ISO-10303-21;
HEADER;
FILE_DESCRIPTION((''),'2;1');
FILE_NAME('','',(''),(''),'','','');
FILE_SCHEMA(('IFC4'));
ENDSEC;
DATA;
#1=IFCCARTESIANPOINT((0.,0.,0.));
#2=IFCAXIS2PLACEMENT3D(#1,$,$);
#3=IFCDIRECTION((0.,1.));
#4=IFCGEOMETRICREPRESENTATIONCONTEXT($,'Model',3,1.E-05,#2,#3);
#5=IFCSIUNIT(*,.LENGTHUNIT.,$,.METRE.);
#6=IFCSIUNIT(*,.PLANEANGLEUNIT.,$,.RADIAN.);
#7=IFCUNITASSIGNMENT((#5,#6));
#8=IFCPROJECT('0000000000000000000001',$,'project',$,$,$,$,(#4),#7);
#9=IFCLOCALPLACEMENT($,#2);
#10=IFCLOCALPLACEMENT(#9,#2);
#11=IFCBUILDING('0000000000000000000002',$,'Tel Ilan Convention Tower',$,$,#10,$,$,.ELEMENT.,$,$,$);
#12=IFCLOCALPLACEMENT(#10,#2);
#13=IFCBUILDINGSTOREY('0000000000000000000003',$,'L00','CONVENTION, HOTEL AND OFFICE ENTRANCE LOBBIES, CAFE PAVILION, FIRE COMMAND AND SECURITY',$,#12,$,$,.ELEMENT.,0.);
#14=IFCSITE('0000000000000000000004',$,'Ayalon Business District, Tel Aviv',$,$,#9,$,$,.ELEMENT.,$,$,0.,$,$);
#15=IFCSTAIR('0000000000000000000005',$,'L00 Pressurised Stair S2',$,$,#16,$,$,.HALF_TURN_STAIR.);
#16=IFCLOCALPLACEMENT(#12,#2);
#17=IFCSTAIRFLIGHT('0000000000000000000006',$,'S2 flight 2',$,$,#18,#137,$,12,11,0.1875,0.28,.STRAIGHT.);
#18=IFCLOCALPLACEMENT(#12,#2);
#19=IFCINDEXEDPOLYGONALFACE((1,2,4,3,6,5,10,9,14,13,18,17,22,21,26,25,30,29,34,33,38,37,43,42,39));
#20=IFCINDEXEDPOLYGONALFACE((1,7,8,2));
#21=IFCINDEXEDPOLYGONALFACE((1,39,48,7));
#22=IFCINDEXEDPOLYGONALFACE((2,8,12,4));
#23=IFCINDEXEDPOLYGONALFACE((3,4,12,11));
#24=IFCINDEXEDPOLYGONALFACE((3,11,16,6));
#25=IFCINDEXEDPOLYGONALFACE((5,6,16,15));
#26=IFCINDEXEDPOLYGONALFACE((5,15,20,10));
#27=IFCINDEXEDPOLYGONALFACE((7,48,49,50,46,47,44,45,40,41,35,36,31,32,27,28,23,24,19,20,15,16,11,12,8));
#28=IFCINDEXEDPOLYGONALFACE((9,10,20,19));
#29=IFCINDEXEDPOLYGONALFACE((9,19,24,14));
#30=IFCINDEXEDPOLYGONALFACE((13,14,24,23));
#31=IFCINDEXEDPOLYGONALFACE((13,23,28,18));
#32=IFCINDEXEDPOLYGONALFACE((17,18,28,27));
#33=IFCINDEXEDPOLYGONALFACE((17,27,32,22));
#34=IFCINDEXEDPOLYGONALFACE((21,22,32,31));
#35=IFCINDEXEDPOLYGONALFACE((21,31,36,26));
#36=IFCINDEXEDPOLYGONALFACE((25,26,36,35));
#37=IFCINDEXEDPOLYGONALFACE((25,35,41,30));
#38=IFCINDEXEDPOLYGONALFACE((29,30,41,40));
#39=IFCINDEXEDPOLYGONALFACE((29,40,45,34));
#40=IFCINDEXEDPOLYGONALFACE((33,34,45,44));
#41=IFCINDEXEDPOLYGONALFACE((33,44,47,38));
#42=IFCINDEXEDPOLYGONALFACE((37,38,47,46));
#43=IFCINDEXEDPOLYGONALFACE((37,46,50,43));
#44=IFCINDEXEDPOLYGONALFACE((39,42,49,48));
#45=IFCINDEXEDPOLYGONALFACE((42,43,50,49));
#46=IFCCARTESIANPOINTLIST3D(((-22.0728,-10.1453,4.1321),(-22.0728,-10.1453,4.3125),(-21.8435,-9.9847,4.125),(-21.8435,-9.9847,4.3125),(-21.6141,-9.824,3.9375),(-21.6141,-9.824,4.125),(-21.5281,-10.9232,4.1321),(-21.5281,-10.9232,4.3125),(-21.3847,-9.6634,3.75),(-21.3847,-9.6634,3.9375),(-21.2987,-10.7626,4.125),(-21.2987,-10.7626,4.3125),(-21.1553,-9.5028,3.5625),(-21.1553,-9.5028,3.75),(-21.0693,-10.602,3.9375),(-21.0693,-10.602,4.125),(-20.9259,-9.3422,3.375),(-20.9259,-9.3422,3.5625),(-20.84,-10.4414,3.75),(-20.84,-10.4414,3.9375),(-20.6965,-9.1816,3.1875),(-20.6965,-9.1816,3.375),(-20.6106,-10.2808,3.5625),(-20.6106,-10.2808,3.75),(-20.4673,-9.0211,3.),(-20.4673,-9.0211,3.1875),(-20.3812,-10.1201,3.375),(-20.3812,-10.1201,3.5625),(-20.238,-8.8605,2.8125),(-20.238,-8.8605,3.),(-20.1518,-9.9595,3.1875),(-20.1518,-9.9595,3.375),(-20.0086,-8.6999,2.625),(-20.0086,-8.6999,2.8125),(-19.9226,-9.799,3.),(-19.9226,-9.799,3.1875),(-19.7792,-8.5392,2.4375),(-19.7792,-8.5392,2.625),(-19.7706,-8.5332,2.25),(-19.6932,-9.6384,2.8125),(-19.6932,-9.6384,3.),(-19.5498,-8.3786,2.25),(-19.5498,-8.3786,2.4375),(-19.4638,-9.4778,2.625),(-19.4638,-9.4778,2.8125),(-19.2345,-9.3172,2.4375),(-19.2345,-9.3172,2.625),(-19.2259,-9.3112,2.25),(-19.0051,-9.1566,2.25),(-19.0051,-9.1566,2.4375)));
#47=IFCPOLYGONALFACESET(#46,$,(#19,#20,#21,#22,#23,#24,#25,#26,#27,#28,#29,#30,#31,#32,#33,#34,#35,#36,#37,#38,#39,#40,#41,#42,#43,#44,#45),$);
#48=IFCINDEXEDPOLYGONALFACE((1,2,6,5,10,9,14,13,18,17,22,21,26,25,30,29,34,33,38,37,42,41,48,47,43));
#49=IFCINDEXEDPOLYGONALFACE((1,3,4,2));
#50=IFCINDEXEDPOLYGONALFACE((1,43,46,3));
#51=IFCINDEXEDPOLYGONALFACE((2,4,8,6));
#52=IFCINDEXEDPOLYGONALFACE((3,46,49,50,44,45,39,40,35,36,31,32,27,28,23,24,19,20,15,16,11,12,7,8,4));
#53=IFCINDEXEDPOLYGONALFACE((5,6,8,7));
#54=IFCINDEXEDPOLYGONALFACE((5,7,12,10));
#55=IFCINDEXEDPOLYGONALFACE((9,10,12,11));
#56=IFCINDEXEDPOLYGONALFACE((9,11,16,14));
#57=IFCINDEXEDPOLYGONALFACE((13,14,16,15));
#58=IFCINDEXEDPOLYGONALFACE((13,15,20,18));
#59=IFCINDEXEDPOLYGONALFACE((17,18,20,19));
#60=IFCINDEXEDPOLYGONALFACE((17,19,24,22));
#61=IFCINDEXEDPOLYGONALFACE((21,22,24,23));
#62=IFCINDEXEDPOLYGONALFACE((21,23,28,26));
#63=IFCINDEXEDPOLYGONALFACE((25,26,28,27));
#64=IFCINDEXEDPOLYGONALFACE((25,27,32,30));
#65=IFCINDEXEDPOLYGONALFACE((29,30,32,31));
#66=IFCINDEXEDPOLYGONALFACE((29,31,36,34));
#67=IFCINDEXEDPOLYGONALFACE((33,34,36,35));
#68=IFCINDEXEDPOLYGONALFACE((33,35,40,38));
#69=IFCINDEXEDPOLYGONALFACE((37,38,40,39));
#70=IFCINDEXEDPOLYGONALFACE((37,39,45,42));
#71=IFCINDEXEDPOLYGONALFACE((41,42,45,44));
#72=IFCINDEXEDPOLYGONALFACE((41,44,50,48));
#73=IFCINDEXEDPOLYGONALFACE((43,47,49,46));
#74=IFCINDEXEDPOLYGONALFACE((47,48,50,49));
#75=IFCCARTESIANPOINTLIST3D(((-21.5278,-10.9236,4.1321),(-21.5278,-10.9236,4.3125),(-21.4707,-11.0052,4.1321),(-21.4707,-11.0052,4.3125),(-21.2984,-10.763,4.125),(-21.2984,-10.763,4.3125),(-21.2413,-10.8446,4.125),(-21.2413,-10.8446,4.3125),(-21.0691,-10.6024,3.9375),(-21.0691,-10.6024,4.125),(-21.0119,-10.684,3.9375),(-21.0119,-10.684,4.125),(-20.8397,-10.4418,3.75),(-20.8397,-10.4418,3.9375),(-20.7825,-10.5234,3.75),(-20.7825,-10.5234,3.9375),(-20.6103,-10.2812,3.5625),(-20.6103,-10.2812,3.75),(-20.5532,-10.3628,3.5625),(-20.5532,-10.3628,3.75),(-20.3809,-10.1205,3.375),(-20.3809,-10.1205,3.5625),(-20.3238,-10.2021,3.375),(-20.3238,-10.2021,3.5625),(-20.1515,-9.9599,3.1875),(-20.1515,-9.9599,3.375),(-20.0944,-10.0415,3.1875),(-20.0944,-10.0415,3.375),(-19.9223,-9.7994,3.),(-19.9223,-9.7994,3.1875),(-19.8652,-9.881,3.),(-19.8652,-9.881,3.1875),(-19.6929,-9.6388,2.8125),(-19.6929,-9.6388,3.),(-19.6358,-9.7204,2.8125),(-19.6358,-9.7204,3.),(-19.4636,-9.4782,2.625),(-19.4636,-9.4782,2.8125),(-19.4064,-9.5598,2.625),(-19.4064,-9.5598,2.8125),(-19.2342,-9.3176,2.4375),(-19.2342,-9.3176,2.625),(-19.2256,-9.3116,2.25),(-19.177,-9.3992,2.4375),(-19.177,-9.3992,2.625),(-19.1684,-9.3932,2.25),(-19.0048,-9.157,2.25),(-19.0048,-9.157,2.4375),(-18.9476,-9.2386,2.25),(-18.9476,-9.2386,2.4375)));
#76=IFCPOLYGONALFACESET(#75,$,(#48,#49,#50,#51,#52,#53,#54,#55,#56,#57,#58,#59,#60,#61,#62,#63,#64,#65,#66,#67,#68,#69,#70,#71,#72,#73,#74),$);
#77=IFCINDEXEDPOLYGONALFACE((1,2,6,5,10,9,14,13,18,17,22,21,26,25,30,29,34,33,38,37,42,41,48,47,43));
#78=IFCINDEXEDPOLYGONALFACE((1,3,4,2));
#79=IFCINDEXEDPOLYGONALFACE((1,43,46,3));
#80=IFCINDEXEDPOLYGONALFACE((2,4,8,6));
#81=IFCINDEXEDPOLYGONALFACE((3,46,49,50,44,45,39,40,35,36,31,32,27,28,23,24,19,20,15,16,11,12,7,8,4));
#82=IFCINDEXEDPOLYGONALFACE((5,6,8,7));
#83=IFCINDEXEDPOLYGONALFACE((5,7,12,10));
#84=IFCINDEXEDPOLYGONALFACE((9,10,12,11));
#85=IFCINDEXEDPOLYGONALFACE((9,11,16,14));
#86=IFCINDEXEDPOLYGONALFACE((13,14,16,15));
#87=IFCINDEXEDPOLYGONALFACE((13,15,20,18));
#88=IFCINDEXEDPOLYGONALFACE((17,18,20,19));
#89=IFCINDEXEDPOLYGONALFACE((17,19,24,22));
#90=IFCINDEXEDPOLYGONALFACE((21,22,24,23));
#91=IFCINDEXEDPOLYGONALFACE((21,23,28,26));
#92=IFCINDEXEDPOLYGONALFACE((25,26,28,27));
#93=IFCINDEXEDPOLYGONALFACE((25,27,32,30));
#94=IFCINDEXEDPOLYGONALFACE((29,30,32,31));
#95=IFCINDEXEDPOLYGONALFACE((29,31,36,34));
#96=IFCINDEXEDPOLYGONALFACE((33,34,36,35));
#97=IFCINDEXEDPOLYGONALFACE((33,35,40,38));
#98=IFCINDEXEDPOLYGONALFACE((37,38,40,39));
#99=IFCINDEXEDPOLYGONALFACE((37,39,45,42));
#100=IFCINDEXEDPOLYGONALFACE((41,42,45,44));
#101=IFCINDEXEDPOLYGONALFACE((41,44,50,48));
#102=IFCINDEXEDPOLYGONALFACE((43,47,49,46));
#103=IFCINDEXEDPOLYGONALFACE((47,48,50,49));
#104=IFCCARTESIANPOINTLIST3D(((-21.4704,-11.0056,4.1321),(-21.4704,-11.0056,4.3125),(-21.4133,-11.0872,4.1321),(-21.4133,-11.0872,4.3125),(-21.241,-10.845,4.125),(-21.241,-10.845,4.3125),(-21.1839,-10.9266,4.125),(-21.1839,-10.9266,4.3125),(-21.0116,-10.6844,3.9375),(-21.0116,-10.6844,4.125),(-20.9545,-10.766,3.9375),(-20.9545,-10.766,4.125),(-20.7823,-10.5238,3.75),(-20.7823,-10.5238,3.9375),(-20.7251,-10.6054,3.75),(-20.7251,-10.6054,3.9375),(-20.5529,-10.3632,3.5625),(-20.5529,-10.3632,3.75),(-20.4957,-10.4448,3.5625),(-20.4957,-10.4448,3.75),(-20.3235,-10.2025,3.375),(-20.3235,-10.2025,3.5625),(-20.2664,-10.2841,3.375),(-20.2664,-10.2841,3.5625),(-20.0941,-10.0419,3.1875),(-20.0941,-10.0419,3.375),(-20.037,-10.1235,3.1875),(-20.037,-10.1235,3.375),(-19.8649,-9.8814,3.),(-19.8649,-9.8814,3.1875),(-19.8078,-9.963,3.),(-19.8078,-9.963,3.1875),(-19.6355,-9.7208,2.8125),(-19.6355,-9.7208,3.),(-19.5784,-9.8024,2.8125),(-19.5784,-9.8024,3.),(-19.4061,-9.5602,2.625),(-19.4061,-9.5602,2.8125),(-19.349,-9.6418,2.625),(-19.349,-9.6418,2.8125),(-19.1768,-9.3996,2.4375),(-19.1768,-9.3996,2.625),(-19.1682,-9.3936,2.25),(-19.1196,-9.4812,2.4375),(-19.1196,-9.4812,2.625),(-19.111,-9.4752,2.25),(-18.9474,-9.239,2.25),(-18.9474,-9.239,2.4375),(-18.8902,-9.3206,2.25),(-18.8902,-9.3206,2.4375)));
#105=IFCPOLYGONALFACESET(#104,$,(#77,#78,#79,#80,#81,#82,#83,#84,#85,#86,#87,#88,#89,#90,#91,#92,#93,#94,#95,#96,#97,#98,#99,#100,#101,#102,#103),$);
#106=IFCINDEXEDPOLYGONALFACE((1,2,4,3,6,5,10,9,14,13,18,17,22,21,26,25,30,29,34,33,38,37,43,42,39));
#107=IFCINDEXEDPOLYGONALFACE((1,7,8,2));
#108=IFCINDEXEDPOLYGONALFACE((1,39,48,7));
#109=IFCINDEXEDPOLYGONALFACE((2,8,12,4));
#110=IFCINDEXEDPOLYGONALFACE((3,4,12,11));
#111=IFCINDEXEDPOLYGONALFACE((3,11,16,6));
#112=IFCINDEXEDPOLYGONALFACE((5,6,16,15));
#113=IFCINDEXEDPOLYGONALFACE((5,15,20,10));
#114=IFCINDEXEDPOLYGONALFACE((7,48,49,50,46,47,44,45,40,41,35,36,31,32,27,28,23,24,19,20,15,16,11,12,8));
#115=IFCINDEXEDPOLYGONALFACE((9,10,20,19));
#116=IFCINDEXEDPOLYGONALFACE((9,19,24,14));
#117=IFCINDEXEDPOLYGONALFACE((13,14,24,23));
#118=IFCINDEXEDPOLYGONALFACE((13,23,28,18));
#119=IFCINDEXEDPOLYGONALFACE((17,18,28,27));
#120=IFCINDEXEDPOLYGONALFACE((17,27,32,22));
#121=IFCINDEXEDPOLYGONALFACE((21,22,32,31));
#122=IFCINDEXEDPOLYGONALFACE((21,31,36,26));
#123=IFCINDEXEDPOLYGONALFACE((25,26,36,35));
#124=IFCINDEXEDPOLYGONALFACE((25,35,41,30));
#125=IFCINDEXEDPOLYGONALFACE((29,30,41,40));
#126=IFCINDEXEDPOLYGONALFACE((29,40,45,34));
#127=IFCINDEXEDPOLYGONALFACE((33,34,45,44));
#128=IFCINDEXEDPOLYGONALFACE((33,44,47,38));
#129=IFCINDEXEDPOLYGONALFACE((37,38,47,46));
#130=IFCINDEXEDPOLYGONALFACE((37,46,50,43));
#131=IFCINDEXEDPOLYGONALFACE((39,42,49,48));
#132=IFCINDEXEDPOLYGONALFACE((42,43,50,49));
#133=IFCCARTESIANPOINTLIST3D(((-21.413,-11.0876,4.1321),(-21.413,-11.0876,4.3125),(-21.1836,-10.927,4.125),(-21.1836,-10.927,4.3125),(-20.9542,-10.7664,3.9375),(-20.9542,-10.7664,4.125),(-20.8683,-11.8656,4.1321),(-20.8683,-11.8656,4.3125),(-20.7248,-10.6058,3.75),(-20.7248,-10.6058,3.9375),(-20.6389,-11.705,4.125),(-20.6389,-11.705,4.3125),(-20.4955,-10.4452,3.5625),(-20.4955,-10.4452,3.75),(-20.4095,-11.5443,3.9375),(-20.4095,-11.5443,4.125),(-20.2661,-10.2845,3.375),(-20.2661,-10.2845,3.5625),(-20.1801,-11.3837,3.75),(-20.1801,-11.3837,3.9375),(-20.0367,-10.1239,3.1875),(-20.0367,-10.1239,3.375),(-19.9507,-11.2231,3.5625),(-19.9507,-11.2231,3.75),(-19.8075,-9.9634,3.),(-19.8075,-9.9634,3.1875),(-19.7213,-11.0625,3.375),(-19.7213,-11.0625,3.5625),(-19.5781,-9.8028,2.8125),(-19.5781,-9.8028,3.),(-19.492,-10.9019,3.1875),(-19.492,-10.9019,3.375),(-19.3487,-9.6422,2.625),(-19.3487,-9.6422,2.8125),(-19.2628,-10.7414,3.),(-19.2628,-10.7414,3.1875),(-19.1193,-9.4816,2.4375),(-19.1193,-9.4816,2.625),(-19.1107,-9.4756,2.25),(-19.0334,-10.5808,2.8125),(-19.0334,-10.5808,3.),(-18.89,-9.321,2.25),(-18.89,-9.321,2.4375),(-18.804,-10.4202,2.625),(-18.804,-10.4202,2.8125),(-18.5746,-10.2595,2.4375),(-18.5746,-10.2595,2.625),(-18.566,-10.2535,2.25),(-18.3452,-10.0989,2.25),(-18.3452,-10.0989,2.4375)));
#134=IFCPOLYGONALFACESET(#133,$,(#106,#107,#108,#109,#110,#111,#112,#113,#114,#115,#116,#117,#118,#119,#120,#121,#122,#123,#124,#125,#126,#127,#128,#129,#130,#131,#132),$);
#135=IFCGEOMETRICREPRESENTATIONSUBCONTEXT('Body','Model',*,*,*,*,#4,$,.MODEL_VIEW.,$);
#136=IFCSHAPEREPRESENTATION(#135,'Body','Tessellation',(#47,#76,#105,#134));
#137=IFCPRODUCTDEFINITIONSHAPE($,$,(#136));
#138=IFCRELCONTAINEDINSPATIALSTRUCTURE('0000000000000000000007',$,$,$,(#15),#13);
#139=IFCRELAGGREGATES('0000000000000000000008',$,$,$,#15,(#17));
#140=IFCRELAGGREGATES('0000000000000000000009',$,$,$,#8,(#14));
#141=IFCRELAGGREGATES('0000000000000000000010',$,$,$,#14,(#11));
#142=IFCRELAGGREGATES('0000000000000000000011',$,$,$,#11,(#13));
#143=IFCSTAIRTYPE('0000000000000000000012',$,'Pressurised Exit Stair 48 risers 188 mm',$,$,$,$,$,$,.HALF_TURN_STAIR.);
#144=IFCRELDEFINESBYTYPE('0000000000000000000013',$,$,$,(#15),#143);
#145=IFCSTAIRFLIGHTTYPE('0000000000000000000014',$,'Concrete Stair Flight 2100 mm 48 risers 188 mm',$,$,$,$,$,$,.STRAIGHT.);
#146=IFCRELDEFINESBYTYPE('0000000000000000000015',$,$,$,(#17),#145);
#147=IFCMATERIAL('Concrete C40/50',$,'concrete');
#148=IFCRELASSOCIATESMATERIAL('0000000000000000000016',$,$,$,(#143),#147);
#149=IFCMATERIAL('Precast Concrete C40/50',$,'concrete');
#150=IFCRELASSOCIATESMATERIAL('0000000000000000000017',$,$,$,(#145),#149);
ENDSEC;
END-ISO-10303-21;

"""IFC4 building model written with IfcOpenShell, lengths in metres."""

from ifc_helpers import new_model, si_unit, direction, frame, origin, place, context, subcontext, project, spatial, polyline, outline, extrude, material, type_object, element, aggregate, save


model = new_model("IFC4")

# Units and contexts
model_context = context("Model", 3, precision=1e-05, world=origin(), true_north=direction((0.0, 1.0)))
body_context = subcontext(model_context, "Body", "Model", "MODEL_VIEW")
ifc_project = project(units=[si_unit("LENGTHUNIT", "METRE"), si_unit("PLANEANGLEUNIT", "RADIAN")], contexts=[model_context])

# Site, building, storey
site_placement = place(None, origin())
site = spatial("IfcSite", under=ifc_project, at=site_placement, Name="Ayalon Business District, Tel Aviv", CompositionType="ELEMENT", RefElevation=0.0)
building_placement = place(site_placement, origin())
building = spatial("IfcBuilding", under=site, at=building_placement, Name="Tel Ilan Convention Tower", CompositionType="ELEMENT")
storey_placement = place(building_placement, origin())
storey = spatial("IfcBuildingStorey", under=building, at=storey_placement, Name="L00", Description="CONVENTION, HOTEL AND OFFICE ENTRANCE LOBBIES, CAFE PAVILION, FIRE COMMAND AND SECURITY", CompositionType="ELEMENT", Elevation=0.0)

# Stair, stair flight
ifc_material_1 = material(Name="Concrete C40/50", Category="concrete")
stair_type = type_object("IfcStairType", Name="Pressurised Exit Stair 48 risers 188 mm", PredefinedType="HALF_TURN_STAIR", material=ifc_material_1)
ifc_material_2 = material(Name="Precast Concrete C40/50", Category="concrete")
stair_flight_type = type_object("IfcStairFlightType", Name="Concrete Stair Flight 2100 mm 48 risers 188 mm", PredefinedType="STRAIGHT", material=ifc_material_2)
stair_1_placement = place(storey_placement, origin())
stair_1 = element("IfcStair", 1, at=stair_1_placement, inside=storey, type_object=stair_type, Name="L00 Pressurised Stair S2", PredefinedType="HALF_TURN_STAIR")
stair_flight_1_placement = place(storey_placement, frame((-18.9475, -9.2388, 2.25), z_axis=(0.0, 0.0, 1.0), x_axis=(-0.819152, -0.573576, 0.0)))
stair_flight_1 = element("IfcStairFlight", 2, at=stair_flight_1_placement, type_object=stair_flight_type, Name="S2 flight 2", NumberOfRisers=12, NumberOfTreads=11, PredefinedType="STRAIGHT", RiserHeight=0.1875, TreadLength=0.28, context=body_context, shape_type="SweptSolid", body=[
    extrude(outline(polyline([(0.0, 0.0), (0.0, 0.1875), (0.28, 0.1875), (0.28, 0.375), (0.5601, 0.375), (0.5601, 0.5625), (0.8401, 0.5625), (0.8401, 0.75), (1.1201, 0.75), (1.1201, 0.9375), (1.3999, 0.9375), (1.3999, 1.125), (1.6799, 1.125), (1.6799, 1.3125), (1.96, 1.3125), (1.96, 1.5), (2.24, 1.5), (2.24, 1.6875), (2.52, 1.6875), (2.52, 1.875), (2.8, 1.875), (2.8, 2.0625), (3.0801, 2.0625), (3.0801, 2.25), (3.0801, 1.8821), (0.2695, 0.0), (0.0, 0.0)])), frame((0.0, -0.1003, 0.0), z_axis=(0.0, -1.0, 0.0), x_axis=(1.0, 0.0, 0.0)), (0.0, 0.0, 1.0), 0.9497),
    extrude(outline(polyline([(0.0, 0.0), (0.0, 0.1875), (0.28, 0.1875), (0.28, 0.375), (0.5601, 0.375), (0.5601, 0.5625), (0.8401, 0.5625), (0.8401, 0.75), (1.1201, 0.75), (1.1201, 0.9375), (1.3999, 0.9375), (1.3999, 1.125), (1.6799, 1.125), (1.6799, 1.3125), (1.96, 1.3125), (1.96, 1.5), (2.24, 1.5), (2.24, 1.6875), (2.52, 1.6875), (2.52, 1.875), (2.8, 1.875), (2.8, 2.0625), (3.0801, 2.0625), (3.0801, 2.25), (3.0801, 1.8821), (0.2695, 0.0), (0.0, 0.0)])), frame((0.0, -0.0002, 0.0), z_axis=(0.0, -1.0, 0.0), x_axis=(1.0, 0.0, 0.0)), (0.0, 0.0, 1.0), 0.0996),
    extrude(outline(polyline([(0.0, 0.0), (0.0, 0.1875), (0.28, 0.1875), (0.28, 0.375), (0.5601, 0.375), (0.5601, 0.5625), (0.8401, 0.5625), (0.8401, 0.75), (1.1201, 0.75), (1.1201, 0.9375), (1.3999, 0.9375), (1.3999, 1.125), (1.6799, 1.125), (1.6799, 1.3125), (1.96, 1.3125), (1.96, 1.5), (2.24, 1.5), (2.24, 1.6875), (2.52, 1.6875), (2.52, 1.875), (2.8, 1.875), (2.8, 2.0625), (3.0801, 2.0625), (3.0801, 2.25), (3.0801, 1.8821), (0.2695, 0.0), (0.0, 0.0)])), frame((0.0, 0.0999, 0.0), z_axis=(0.0, -1.0, 0.0), x_axis=(1.0, 0.0, 0.0)), (0.0, 0.0, 1.0), 0.0996),
    extrude(outline(polyline([(0.0, 0.0), (0.0, 0.1875), (0.28, 0.1875), (0.28, 0.375), (0.5601, 0.375), (0.5601, 0.5625), (0.8401, 0.5625), (0.8401, 0.75), (1.1201, 0.75), (1.1201, 0.9375), (1.3999, 0.9375), (1.3999, 1.125), (1.6799, 1.125), (1.6799, 1.3125), (1.96, 1.3125), (1.96, 1.5), (2.24, 1.5), (2.24, 1.6875), (2.52, 1.6875), (2.52, 1.875), (2.8, 1.875), (2.8, 2.0625), (3.0801, 2.0625), (3.0801, 2.25), (3.0801, 1.8821), (0.2695, 0.0), (0.0, 0.0)])), frame((0.0, 1.05, 0.0), z_axis=(0.0, -1.0, 0.0), x_axis=(1.0, 0.0, 0.0)), (0.0, 0.0, 1.0), 0.9497),
])
aggregate(stair_1, [stair_flight_1])

save(model, "model.ifc")
